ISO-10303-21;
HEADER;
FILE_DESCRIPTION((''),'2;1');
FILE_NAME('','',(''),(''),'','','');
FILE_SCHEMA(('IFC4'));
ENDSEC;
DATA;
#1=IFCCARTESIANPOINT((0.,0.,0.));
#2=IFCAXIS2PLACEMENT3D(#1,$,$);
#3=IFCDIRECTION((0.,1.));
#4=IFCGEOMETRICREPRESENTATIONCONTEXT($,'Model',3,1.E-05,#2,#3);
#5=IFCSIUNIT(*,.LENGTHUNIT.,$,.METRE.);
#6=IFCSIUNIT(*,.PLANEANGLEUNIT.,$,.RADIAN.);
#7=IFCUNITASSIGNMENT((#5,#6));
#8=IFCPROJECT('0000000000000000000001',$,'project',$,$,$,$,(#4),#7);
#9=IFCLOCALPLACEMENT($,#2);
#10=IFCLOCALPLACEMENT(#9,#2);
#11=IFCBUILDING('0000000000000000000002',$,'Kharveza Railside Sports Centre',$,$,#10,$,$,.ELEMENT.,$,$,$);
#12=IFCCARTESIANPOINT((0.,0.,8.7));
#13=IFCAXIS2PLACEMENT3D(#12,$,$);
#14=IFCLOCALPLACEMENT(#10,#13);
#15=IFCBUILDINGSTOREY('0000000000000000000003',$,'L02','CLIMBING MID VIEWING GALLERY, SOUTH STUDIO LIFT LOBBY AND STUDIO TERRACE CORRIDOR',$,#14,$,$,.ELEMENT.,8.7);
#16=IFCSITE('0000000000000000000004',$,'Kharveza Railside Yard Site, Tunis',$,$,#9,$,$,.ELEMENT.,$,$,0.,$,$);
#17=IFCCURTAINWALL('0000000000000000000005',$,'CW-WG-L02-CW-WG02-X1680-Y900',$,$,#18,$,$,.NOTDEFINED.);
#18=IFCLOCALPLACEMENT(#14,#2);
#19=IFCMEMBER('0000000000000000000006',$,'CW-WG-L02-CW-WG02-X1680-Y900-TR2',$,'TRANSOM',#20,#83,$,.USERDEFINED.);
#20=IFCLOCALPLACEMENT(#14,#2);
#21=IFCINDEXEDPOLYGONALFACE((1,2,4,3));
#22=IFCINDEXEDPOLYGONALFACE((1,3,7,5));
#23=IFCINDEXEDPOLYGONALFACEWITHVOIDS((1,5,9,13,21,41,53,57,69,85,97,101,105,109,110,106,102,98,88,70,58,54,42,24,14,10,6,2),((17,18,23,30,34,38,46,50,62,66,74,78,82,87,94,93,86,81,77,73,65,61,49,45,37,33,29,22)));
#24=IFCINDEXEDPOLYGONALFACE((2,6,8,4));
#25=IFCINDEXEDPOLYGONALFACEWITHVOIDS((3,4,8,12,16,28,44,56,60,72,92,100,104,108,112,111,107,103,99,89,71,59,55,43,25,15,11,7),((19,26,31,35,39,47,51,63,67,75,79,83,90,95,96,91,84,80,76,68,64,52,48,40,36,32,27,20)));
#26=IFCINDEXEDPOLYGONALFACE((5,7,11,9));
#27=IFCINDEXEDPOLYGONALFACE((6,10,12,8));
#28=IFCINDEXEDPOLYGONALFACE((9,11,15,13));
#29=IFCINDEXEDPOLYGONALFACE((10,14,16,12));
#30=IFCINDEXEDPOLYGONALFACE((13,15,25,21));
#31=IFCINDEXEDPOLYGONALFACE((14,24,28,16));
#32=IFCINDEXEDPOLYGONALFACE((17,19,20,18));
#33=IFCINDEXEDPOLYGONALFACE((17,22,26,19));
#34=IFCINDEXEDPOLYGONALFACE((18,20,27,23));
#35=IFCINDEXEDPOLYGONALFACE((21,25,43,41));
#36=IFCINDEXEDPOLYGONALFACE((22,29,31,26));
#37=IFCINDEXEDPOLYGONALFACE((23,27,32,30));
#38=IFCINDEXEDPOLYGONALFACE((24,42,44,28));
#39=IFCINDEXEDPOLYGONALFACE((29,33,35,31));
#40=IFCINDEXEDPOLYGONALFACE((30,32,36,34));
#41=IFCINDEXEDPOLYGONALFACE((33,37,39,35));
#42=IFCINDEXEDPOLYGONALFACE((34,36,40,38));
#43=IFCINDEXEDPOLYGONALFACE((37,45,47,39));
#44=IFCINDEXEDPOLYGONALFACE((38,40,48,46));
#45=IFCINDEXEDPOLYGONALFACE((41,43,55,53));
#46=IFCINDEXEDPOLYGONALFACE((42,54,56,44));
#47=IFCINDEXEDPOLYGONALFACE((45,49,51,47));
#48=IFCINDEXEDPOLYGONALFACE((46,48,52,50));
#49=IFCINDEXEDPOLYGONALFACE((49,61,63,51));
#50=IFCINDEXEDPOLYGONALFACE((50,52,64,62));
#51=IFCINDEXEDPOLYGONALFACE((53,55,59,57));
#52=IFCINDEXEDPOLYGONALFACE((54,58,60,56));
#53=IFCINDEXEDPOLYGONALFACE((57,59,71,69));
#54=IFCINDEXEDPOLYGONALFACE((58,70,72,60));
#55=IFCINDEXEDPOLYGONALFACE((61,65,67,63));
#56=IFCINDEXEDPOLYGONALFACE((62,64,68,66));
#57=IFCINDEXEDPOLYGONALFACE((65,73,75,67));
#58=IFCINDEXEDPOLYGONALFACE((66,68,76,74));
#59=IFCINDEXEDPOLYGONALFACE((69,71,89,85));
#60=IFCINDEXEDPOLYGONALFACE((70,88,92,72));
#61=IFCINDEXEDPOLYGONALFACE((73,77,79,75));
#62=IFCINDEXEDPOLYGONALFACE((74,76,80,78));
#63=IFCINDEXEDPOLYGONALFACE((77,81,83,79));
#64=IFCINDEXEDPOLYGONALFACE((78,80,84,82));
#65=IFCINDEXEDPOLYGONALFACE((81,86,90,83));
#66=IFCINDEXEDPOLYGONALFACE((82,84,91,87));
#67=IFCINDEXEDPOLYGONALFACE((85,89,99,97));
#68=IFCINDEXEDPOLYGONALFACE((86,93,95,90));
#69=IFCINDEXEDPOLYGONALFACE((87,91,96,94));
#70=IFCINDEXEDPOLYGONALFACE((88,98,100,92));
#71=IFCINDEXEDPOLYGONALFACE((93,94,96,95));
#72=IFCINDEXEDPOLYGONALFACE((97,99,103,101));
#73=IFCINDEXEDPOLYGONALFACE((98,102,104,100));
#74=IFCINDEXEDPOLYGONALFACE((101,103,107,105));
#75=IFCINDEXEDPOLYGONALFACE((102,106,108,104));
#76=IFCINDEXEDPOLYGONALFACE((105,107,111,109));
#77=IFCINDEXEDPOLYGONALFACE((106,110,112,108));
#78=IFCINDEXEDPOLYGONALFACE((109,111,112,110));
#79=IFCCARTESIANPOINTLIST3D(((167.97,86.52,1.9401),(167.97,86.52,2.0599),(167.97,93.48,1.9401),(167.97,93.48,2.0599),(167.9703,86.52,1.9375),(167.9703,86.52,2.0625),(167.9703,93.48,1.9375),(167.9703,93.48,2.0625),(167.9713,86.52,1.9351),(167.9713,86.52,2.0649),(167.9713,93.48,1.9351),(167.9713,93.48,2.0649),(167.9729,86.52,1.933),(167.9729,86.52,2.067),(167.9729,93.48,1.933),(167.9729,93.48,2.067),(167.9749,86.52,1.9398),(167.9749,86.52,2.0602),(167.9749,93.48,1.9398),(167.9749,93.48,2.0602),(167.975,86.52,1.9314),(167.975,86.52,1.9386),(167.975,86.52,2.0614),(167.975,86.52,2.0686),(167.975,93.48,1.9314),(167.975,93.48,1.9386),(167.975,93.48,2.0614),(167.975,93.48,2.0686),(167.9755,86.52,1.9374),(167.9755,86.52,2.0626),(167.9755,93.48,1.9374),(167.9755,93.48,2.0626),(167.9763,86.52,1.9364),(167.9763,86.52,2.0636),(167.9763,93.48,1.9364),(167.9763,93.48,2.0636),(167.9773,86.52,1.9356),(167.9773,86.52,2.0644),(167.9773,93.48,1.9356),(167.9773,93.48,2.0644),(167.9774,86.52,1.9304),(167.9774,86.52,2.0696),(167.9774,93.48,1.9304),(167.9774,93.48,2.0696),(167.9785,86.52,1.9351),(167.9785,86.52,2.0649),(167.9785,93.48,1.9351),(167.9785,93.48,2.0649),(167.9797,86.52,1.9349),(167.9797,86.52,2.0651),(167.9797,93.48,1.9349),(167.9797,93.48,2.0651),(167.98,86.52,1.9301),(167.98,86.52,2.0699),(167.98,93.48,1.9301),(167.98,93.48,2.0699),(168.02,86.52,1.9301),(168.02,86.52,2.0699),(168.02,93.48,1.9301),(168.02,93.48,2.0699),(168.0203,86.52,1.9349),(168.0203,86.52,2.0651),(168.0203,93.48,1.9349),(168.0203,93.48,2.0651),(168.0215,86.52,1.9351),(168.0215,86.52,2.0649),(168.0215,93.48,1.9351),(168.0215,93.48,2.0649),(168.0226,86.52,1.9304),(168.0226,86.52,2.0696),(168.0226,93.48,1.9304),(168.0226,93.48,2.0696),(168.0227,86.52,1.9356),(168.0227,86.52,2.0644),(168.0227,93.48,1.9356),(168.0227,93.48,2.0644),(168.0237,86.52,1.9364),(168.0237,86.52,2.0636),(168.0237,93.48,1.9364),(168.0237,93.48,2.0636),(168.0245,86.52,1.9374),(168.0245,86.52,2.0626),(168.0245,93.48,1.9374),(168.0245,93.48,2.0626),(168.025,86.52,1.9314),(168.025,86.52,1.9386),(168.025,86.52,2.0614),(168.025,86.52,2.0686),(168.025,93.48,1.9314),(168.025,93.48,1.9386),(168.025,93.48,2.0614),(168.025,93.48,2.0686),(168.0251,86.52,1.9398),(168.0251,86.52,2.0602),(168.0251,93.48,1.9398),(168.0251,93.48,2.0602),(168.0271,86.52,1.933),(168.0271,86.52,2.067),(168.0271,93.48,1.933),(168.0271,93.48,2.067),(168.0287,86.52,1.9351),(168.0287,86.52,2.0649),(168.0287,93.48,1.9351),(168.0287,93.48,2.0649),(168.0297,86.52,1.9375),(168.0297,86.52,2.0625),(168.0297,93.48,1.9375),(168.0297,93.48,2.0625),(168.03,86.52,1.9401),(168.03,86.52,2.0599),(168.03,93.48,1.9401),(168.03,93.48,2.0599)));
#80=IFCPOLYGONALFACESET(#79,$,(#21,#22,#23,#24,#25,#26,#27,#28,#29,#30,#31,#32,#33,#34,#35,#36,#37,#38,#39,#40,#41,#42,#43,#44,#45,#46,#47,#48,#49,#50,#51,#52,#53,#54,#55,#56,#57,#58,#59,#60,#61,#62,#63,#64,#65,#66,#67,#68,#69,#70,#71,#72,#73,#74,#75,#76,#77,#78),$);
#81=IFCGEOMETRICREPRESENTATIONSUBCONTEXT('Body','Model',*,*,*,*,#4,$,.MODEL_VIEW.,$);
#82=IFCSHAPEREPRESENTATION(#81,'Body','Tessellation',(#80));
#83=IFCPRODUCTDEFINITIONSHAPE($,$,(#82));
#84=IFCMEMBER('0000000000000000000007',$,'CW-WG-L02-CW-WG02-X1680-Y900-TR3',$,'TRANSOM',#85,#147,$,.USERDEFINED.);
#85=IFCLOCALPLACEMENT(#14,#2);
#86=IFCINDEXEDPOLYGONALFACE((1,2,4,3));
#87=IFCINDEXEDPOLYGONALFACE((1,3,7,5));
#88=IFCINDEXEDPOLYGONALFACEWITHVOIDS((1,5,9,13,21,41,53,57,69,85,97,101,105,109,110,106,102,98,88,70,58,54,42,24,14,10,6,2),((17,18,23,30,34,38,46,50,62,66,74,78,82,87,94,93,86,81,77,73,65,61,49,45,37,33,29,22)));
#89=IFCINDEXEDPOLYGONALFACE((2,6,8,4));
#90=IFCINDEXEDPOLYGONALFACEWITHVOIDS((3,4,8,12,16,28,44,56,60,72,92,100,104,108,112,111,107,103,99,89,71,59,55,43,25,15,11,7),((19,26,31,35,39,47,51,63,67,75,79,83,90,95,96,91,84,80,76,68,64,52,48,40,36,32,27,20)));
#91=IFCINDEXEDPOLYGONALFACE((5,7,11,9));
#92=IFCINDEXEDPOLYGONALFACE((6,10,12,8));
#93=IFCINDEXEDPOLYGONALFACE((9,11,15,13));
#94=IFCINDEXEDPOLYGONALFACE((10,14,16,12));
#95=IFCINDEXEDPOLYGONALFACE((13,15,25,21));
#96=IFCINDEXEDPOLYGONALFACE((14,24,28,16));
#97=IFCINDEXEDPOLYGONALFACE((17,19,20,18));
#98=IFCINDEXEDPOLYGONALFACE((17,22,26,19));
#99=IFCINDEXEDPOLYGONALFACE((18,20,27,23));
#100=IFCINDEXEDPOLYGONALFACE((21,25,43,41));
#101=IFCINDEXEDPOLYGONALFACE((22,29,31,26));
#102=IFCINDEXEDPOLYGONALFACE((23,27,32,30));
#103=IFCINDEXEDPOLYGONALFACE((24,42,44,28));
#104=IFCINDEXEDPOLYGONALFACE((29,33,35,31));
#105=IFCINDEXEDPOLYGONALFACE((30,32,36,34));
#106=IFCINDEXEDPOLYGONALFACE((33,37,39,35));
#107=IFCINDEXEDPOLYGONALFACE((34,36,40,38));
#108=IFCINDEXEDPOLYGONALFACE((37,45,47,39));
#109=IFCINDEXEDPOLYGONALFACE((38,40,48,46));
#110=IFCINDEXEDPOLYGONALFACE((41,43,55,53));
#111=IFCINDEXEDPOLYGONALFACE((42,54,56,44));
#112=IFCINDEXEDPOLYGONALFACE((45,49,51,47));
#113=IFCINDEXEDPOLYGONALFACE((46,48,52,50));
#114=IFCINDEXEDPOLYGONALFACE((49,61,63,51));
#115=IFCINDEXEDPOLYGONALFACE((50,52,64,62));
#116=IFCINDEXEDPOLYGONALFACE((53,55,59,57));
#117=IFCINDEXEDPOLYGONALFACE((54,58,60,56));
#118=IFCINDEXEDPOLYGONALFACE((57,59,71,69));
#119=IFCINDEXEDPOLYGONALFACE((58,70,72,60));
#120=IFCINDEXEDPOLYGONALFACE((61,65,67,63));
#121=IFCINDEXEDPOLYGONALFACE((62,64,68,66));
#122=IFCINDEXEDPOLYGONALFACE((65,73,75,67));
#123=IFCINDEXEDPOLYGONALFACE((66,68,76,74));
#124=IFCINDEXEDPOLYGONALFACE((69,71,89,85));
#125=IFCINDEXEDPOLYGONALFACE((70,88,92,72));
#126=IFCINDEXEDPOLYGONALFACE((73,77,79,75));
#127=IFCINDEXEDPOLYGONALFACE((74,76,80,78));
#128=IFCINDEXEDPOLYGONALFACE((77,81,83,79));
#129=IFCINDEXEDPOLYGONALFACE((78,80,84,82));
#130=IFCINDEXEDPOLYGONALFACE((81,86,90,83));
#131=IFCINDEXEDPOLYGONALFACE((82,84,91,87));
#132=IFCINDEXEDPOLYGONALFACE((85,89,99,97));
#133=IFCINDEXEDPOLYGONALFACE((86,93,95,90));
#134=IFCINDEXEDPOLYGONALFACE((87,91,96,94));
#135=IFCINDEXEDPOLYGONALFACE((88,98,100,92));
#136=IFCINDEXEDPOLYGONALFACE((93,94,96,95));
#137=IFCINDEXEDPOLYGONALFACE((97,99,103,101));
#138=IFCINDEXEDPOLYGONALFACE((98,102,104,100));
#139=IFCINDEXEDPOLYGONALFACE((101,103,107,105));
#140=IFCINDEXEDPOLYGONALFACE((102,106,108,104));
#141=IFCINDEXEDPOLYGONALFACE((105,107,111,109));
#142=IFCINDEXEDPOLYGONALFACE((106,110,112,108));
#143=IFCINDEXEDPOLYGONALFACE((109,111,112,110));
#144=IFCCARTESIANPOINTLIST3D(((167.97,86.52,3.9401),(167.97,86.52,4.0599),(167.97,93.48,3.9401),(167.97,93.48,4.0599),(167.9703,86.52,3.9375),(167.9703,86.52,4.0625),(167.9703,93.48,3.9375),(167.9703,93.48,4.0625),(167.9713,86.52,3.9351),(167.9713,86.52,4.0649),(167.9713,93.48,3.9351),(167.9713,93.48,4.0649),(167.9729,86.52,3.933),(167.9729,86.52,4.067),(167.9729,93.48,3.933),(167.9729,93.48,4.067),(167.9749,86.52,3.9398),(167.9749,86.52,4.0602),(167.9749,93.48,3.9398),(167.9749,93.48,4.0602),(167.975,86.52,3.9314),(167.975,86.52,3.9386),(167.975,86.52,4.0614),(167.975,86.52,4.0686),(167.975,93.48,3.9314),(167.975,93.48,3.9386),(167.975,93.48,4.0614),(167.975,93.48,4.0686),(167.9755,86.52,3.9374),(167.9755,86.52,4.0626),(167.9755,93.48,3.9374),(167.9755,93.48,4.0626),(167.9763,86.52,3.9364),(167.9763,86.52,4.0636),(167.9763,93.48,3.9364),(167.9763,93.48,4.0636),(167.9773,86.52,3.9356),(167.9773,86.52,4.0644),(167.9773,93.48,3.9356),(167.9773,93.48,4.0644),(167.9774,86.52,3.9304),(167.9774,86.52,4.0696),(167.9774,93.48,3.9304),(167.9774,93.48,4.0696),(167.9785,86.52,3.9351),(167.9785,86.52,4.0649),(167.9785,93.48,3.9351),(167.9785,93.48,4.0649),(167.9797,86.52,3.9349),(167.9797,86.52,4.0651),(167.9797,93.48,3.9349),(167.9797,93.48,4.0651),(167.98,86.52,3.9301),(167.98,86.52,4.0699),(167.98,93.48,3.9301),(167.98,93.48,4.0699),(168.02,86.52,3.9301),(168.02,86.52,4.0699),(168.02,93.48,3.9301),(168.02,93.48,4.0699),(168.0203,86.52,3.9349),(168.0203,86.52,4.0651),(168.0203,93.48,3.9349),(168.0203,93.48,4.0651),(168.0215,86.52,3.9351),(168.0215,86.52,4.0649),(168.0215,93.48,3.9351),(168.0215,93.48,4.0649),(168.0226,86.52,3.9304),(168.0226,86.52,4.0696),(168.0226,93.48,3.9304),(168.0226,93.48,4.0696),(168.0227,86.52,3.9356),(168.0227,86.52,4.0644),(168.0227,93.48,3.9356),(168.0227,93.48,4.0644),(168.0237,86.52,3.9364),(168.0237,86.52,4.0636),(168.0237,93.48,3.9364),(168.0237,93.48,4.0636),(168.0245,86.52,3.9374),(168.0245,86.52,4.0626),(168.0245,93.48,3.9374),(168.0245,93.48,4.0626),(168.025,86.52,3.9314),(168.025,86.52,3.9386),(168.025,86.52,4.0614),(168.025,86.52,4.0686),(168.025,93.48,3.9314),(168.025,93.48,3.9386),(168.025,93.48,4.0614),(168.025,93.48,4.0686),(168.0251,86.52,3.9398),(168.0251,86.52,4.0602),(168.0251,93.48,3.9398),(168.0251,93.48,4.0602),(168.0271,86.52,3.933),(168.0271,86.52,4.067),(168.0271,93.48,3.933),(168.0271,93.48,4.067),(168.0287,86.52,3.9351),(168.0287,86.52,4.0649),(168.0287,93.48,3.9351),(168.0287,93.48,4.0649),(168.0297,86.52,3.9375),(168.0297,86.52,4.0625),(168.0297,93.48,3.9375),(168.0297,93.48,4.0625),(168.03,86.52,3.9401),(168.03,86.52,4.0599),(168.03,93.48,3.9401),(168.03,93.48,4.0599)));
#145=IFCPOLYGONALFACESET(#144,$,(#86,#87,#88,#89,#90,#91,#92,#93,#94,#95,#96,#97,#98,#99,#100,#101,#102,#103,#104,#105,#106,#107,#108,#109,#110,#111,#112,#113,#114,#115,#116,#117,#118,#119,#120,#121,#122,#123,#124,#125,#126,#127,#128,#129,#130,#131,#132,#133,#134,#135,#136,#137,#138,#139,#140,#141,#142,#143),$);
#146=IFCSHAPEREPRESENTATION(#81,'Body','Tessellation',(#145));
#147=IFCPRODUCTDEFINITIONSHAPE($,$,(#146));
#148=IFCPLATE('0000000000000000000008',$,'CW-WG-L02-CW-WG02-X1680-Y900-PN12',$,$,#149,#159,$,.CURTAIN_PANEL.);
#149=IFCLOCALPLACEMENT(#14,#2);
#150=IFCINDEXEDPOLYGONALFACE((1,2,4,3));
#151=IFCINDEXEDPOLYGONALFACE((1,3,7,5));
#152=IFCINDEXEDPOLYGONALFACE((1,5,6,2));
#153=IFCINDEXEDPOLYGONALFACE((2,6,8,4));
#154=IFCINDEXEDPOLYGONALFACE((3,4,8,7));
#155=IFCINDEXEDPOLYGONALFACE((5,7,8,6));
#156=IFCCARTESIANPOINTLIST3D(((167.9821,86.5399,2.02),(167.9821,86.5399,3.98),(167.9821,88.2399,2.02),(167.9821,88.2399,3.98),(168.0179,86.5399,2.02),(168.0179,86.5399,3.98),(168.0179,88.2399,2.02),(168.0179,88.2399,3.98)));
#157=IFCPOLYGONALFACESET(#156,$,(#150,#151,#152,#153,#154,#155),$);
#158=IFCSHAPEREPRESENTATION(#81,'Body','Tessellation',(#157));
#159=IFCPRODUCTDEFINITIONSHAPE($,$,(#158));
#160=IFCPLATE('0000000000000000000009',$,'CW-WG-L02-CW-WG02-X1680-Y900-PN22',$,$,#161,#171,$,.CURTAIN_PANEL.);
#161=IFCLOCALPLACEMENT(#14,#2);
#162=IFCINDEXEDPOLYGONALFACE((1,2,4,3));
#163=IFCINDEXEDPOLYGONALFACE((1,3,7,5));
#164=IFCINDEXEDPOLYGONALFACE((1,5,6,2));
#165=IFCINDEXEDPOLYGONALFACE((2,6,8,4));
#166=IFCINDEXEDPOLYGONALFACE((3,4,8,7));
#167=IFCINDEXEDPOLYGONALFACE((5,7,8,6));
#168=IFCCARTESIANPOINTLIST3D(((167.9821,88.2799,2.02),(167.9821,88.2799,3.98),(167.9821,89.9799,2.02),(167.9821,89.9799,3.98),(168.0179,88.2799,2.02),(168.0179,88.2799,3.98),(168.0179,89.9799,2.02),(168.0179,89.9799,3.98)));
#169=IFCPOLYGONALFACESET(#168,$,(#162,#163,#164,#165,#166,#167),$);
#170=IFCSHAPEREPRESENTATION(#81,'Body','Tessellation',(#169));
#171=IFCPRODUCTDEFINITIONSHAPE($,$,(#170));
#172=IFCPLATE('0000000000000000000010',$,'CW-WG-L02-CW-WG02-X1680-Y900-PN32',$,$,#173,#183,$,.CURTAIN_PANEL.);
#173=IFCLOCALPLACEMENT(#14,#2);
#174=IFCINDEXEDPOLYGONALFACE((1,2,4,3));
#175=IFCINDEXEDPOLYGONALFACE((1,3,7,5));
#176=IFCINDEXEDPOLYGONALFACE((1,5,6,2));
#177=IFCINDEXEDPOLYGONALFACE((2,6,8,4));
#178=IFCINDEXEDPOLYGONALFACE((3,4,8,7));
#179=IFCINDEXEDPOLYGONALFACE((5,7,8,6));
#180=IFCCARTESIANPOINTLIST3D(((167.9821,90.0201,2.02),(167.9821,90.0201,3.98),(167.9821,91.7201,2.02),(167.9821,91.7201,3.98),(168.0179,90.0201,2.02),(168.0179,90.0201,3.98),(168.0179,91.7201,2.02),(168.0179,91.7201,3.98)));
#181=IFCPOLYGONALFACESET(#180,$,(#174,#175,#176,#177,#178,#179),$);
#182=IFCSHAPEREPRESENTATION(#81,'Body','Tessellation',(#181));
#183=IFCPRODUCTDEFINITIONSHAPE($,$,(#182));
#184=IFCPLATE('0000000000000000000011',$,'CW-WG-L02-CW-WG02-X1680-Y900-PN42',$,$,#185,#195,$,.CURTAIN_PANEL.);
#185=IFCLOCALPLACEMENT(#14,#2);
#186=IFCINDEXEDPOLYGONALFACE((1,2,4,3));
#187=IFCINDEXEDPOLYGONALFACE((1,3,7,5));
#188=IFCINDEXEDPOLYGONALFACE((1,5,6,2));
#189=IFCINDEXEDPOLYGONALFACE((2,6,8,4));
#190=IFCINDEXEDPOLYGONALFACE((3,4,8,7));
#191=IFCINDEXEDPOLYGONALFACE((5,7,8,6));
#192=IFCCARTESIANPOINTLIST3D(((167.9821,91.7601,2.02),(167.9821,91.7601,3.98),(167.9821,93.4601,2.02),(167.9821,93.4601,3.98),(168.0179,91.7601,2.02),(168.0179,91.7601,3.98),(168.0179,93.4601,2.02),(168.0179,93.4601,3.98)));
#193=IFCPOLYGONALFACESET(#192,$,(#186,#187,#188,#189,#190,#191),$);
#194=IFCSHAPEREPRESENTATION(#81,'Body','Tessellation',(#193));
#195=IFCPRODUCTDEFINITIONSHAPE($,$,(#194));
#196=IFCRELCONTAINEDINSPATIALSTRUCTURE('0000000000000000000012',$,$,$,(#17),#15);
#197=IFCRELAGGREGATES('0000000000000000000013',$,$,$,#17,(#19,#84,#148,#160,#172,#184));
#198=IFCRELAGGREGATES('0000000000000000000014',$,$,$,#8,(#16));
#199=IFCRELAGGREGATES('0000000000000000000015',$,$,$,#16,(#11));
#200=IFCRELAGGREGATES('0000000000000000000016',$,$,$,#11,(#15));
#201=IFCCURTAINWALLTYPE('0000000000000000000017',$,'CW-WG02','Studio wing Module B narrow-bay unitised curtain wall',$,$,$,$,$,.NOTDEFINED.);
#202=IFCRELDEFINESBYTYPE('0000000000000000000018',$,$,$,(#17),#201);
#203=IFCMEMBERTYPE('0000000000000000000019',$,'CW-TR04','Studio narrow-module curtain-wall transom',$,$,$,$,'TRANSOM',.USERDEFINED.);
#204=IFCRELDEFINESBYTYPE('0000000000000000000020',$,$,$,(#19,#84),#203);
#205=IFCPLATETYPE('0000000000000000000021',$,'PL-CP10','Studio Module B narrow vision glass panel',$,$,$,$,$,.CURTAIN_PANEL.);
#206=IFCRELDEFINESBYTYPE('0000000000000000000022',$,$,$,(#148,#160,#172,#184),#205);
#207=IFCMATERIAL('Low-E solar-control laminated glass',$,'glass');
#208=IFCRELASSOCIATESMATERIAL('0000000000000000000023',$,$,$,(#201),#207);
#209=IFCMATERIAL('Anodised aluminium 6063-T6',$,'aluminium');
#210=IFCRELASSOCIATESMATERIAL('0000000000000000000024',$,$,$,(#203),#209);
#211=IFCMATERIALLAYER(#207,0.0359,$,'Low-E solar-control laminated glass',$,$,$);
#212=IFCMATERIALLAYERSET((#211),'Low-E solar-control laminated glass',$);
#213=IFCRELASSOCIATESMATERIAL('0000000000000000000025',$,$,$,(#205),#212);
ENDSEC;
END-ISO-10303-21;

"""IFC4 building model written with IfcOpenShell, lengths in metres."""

from ifc_helpers import new_model, si_unit, direction, frame, origin, origin_2d, place, context, subcontext, project, spatial, rectangle, hollow_rectangle, extrude, material, layer, layer_set, material_profile, profile_set, type_object, element, aggregate, save


model = new_model("IFC4")

# Units and contexts
model_context = context("Model", 3, precision=1e-05, world=origin(), true_north=direction((0.0, 1.0)))
body_context = subcontext(model_context, "Body", "Model", "MODEL_VIEW")
ifc_project = project(units=[si_unit("LENGTHUNIT", "METRE"), si_unit("PLANEANGLEUNIT", "RADIAN")], contexts=[model_context])

# Site, building, storey
site_placement = place(None, origin())
site = spatial("IfcSite", under=ifc_project, at=site_placement, Name="Kharveza Railside Yard Site, Tunis", CompositionType="ELEMENT", RefElevation=0.0)
building_placement = place(site_placement, origin())
building = spatial("IfcBuilding", under=site, at=building_placement, Name="Kharveza Railside Sports Centre", CompositionType="ELEMENT")
storey_placement = place(building_placement, frame((0.0, 0.0, 8.7)))
storey = spatial("IfcBuildingStorey", under=building, at=storey_placement, Name="L02", Description="CLIMBING MID VIEWING GALLERY, SOUTH STUDIO LIFT LOBBY AND STUDIO TERRACE CORRIDOR", CompositionType="ELEMENT", Elevation=8.7)

# Curtain wall, members, plates
ifc_material_1 = material(Name="Low-E solar-control laminated glass", Category="glass")
curtain_wall_type = type_object("IfcCurtainWallType", Name="CW-WG02", Description="Studio wing Module B narrow-bay unitised curtain wall", PredefinedType="NOTDEFINED", material=ifc_material_1)
curtain_wall_placement = place(storey_placement, origin())
curtain_wall = element("IfcCurtainWall", 1, at=curtain_wall_placement, inside=storey, type_object=curtain_wall_type, Name="CW-WG-L02-CW-WG02-X1680-Y900", PredefinedType="NOTDEFINED")
ifc_material_2 = material(Name="Anodised aluminium 6063-T6", Category="aluminium")
ifc_material_profile_1 = material_profile(ifc_material_2, hollow_rectangle(XDim=0.0601, YDim=0.1399, WallThickness=0.0049, InnerFilletRadius=0.0049, OuterFilletRadius=0.01, at=origin_2d()), Name="RHS 60x140x5.0")
ifc_profile_set_1 = profile_set([ifc_material_profile_1], Name="Anodised aluminium 6063-T6")
member_type_1 = type_object("IfcMemberType", Name="CW-TR04", Description="Studio narrow-module curtain-wall transom", ElementType="TRANSOM", PredefinedType="USERDEFINED", material=ifc_profile_set_1)
member_1_placement = place(storey_placement, frame((168.0, 86.52, 2.0), z_axis=(0.0, 1.0, 0.0), x_axis=(-1.0, 0.0, 0.0)))
member_1 = element("IfcMember", 2, at=member_1_placement, type_object=member_type_1, Name="CW-WG-L02-CW-WG02-X1680-Y900-TR2", ObjectType="TRANSOM", PredefinedType="USERDEFINED", context=body_context, shape_type="SweptSolid", body=[
    extrude(hollow_rectangle(XDim=0.0601, YDim=0.1399, WallThickness=0.0049, InnerFilletRadius=0.0049, OuterFilletRadius=0.01, at=origin_2d()), origin(), (0.0, 0.0, 1.0), 6.96),
])
member_2_placement = place(storey_placement, frame((168.0, 86.52, 4.0), z_axis=(0.0, 1.0, 0.0), x_axis=(-1.0, 0.0, 0.0)))
member_2 = element("IfcMember", 3, at=member_2_placement, type_object=member_type_1, Name="CW-WG-L02-CW-WG02-X1680-Y900-TR3", ObjectType="TRANSOM", PredefinedType="USERDEFINED", context=body_context, shape_type="SweptSolid", body=[
    extrude(hollow_rectangle(XDim=0.0601, YDim=0.1399, WallThickness=0.0049, InnerFilletRadius=0.0049, OuterFilletRadius=0.01, at=origin_2d()), origin(), (0.0, 0.0, 1.0), 6.96),
])
ifc_layer_1 = layer(ifc_material_1, 0.0359, Name="Low-E solar-control laminated glass")
ifc_layer_set_1 = layer_set([ifc_layer_1], Name="Low-E solar-control laminated glass")
plate_type_1 = type_object("IfcPlateType", Name="PL-CP10", Description="Studio Module B narrow vision glass panel", PredefinedType="CURTAIN_PANEL", material=ifc_layer_set_1)
plate_1_placement = place(storey_placement, frame((168.0, 87.3899, 2.02), z_axis=(0.0, 0.0, 1.0), x_axis=(0.0, 1.0, 0.0)))
plate_1 = element("IfcPlate", 4, at=plate_1_placement, type_object=plate_type_1, Name="CW-WG-L02-CW-WG02-X1680-Y900-PN12", PredefinedType="CURTAIN_PANEL", context=body_context, shape_type="SweptSolid", body=[
    extrude(rectangle(XDim=1.7, YDim=0.0359, at=origin_2d()), origin(), (0.0, 0.0, 1.0), 1.96),
])
plate_2_placement = place(storey_placement, frame((168.0, 89.1299, 2.02), z_axis=(0.0, 0.0, 1.0), x_axis=(0.0, 1.0, 0.0)))
plate_2 = element("IfcPlate", 5, at=plate_2_placement, type_object=plate_type_1, Name="CW-WG-L02-CW-WG02-X1680-Y900-PN22", PredefinedType="CURTAIN_PANEL", context=body_context, shape_type="SweptSolid", body=[
    extrude(rectangle(XDim=1.7, YDim=0.0359, at=origin_2d()), origin(), (0.0, 0.0, 1.0), 1.96),
])
plate_3_placement = place(storey_placement, frame((168.0, 90.8701, 2.02), z_axis=(0.0, 0.0, 1.0), x_axis=(0.0, 1.0, 0.0)))
plate_3 = element("IfcPlate", 6, at=plate_3_placement, type_object=plate_type_1, Name="CW-WG-L02-CW-WG02-X1680-Y900-PN32", PredefinedType="CURTAIN_PANEL", context=body_context, shape_type="SweptSolid", body=[
    extrude(rectangle(XDim=1.7, YDim=0.0359, at=origin_2d()), origin(), (0.0, 0.0, 1.0), 1.96),
])
plate_4_placement = place(storey_placement, frame((168.0, 92.6101, 2.02), z_axis=(0.0, 0.0, 1.0), x_axis=(0.0, 1.0, 0.0)))
plate_4 = element("IfcPlate", 7, at=plate_4_placement, type_object=plate_type_1, Name="CW-WG-L02-CW-WG02-X1680-Y900-PN42", PredefinedType="CURTAIN_PANEL", context=body_context, shape_type="SweptSolid", body=[
    extrude(rectangle(XDim=1.7, YDim=0.0359, at=origin_2d()), origin(), (0.0, 0.0, 1.0), 1.96),
])
aggregate(curtain_wall, [member_1, member_2, plate_1, plate_2, plate_3, plate_4])

save(model, "model.ifc")
